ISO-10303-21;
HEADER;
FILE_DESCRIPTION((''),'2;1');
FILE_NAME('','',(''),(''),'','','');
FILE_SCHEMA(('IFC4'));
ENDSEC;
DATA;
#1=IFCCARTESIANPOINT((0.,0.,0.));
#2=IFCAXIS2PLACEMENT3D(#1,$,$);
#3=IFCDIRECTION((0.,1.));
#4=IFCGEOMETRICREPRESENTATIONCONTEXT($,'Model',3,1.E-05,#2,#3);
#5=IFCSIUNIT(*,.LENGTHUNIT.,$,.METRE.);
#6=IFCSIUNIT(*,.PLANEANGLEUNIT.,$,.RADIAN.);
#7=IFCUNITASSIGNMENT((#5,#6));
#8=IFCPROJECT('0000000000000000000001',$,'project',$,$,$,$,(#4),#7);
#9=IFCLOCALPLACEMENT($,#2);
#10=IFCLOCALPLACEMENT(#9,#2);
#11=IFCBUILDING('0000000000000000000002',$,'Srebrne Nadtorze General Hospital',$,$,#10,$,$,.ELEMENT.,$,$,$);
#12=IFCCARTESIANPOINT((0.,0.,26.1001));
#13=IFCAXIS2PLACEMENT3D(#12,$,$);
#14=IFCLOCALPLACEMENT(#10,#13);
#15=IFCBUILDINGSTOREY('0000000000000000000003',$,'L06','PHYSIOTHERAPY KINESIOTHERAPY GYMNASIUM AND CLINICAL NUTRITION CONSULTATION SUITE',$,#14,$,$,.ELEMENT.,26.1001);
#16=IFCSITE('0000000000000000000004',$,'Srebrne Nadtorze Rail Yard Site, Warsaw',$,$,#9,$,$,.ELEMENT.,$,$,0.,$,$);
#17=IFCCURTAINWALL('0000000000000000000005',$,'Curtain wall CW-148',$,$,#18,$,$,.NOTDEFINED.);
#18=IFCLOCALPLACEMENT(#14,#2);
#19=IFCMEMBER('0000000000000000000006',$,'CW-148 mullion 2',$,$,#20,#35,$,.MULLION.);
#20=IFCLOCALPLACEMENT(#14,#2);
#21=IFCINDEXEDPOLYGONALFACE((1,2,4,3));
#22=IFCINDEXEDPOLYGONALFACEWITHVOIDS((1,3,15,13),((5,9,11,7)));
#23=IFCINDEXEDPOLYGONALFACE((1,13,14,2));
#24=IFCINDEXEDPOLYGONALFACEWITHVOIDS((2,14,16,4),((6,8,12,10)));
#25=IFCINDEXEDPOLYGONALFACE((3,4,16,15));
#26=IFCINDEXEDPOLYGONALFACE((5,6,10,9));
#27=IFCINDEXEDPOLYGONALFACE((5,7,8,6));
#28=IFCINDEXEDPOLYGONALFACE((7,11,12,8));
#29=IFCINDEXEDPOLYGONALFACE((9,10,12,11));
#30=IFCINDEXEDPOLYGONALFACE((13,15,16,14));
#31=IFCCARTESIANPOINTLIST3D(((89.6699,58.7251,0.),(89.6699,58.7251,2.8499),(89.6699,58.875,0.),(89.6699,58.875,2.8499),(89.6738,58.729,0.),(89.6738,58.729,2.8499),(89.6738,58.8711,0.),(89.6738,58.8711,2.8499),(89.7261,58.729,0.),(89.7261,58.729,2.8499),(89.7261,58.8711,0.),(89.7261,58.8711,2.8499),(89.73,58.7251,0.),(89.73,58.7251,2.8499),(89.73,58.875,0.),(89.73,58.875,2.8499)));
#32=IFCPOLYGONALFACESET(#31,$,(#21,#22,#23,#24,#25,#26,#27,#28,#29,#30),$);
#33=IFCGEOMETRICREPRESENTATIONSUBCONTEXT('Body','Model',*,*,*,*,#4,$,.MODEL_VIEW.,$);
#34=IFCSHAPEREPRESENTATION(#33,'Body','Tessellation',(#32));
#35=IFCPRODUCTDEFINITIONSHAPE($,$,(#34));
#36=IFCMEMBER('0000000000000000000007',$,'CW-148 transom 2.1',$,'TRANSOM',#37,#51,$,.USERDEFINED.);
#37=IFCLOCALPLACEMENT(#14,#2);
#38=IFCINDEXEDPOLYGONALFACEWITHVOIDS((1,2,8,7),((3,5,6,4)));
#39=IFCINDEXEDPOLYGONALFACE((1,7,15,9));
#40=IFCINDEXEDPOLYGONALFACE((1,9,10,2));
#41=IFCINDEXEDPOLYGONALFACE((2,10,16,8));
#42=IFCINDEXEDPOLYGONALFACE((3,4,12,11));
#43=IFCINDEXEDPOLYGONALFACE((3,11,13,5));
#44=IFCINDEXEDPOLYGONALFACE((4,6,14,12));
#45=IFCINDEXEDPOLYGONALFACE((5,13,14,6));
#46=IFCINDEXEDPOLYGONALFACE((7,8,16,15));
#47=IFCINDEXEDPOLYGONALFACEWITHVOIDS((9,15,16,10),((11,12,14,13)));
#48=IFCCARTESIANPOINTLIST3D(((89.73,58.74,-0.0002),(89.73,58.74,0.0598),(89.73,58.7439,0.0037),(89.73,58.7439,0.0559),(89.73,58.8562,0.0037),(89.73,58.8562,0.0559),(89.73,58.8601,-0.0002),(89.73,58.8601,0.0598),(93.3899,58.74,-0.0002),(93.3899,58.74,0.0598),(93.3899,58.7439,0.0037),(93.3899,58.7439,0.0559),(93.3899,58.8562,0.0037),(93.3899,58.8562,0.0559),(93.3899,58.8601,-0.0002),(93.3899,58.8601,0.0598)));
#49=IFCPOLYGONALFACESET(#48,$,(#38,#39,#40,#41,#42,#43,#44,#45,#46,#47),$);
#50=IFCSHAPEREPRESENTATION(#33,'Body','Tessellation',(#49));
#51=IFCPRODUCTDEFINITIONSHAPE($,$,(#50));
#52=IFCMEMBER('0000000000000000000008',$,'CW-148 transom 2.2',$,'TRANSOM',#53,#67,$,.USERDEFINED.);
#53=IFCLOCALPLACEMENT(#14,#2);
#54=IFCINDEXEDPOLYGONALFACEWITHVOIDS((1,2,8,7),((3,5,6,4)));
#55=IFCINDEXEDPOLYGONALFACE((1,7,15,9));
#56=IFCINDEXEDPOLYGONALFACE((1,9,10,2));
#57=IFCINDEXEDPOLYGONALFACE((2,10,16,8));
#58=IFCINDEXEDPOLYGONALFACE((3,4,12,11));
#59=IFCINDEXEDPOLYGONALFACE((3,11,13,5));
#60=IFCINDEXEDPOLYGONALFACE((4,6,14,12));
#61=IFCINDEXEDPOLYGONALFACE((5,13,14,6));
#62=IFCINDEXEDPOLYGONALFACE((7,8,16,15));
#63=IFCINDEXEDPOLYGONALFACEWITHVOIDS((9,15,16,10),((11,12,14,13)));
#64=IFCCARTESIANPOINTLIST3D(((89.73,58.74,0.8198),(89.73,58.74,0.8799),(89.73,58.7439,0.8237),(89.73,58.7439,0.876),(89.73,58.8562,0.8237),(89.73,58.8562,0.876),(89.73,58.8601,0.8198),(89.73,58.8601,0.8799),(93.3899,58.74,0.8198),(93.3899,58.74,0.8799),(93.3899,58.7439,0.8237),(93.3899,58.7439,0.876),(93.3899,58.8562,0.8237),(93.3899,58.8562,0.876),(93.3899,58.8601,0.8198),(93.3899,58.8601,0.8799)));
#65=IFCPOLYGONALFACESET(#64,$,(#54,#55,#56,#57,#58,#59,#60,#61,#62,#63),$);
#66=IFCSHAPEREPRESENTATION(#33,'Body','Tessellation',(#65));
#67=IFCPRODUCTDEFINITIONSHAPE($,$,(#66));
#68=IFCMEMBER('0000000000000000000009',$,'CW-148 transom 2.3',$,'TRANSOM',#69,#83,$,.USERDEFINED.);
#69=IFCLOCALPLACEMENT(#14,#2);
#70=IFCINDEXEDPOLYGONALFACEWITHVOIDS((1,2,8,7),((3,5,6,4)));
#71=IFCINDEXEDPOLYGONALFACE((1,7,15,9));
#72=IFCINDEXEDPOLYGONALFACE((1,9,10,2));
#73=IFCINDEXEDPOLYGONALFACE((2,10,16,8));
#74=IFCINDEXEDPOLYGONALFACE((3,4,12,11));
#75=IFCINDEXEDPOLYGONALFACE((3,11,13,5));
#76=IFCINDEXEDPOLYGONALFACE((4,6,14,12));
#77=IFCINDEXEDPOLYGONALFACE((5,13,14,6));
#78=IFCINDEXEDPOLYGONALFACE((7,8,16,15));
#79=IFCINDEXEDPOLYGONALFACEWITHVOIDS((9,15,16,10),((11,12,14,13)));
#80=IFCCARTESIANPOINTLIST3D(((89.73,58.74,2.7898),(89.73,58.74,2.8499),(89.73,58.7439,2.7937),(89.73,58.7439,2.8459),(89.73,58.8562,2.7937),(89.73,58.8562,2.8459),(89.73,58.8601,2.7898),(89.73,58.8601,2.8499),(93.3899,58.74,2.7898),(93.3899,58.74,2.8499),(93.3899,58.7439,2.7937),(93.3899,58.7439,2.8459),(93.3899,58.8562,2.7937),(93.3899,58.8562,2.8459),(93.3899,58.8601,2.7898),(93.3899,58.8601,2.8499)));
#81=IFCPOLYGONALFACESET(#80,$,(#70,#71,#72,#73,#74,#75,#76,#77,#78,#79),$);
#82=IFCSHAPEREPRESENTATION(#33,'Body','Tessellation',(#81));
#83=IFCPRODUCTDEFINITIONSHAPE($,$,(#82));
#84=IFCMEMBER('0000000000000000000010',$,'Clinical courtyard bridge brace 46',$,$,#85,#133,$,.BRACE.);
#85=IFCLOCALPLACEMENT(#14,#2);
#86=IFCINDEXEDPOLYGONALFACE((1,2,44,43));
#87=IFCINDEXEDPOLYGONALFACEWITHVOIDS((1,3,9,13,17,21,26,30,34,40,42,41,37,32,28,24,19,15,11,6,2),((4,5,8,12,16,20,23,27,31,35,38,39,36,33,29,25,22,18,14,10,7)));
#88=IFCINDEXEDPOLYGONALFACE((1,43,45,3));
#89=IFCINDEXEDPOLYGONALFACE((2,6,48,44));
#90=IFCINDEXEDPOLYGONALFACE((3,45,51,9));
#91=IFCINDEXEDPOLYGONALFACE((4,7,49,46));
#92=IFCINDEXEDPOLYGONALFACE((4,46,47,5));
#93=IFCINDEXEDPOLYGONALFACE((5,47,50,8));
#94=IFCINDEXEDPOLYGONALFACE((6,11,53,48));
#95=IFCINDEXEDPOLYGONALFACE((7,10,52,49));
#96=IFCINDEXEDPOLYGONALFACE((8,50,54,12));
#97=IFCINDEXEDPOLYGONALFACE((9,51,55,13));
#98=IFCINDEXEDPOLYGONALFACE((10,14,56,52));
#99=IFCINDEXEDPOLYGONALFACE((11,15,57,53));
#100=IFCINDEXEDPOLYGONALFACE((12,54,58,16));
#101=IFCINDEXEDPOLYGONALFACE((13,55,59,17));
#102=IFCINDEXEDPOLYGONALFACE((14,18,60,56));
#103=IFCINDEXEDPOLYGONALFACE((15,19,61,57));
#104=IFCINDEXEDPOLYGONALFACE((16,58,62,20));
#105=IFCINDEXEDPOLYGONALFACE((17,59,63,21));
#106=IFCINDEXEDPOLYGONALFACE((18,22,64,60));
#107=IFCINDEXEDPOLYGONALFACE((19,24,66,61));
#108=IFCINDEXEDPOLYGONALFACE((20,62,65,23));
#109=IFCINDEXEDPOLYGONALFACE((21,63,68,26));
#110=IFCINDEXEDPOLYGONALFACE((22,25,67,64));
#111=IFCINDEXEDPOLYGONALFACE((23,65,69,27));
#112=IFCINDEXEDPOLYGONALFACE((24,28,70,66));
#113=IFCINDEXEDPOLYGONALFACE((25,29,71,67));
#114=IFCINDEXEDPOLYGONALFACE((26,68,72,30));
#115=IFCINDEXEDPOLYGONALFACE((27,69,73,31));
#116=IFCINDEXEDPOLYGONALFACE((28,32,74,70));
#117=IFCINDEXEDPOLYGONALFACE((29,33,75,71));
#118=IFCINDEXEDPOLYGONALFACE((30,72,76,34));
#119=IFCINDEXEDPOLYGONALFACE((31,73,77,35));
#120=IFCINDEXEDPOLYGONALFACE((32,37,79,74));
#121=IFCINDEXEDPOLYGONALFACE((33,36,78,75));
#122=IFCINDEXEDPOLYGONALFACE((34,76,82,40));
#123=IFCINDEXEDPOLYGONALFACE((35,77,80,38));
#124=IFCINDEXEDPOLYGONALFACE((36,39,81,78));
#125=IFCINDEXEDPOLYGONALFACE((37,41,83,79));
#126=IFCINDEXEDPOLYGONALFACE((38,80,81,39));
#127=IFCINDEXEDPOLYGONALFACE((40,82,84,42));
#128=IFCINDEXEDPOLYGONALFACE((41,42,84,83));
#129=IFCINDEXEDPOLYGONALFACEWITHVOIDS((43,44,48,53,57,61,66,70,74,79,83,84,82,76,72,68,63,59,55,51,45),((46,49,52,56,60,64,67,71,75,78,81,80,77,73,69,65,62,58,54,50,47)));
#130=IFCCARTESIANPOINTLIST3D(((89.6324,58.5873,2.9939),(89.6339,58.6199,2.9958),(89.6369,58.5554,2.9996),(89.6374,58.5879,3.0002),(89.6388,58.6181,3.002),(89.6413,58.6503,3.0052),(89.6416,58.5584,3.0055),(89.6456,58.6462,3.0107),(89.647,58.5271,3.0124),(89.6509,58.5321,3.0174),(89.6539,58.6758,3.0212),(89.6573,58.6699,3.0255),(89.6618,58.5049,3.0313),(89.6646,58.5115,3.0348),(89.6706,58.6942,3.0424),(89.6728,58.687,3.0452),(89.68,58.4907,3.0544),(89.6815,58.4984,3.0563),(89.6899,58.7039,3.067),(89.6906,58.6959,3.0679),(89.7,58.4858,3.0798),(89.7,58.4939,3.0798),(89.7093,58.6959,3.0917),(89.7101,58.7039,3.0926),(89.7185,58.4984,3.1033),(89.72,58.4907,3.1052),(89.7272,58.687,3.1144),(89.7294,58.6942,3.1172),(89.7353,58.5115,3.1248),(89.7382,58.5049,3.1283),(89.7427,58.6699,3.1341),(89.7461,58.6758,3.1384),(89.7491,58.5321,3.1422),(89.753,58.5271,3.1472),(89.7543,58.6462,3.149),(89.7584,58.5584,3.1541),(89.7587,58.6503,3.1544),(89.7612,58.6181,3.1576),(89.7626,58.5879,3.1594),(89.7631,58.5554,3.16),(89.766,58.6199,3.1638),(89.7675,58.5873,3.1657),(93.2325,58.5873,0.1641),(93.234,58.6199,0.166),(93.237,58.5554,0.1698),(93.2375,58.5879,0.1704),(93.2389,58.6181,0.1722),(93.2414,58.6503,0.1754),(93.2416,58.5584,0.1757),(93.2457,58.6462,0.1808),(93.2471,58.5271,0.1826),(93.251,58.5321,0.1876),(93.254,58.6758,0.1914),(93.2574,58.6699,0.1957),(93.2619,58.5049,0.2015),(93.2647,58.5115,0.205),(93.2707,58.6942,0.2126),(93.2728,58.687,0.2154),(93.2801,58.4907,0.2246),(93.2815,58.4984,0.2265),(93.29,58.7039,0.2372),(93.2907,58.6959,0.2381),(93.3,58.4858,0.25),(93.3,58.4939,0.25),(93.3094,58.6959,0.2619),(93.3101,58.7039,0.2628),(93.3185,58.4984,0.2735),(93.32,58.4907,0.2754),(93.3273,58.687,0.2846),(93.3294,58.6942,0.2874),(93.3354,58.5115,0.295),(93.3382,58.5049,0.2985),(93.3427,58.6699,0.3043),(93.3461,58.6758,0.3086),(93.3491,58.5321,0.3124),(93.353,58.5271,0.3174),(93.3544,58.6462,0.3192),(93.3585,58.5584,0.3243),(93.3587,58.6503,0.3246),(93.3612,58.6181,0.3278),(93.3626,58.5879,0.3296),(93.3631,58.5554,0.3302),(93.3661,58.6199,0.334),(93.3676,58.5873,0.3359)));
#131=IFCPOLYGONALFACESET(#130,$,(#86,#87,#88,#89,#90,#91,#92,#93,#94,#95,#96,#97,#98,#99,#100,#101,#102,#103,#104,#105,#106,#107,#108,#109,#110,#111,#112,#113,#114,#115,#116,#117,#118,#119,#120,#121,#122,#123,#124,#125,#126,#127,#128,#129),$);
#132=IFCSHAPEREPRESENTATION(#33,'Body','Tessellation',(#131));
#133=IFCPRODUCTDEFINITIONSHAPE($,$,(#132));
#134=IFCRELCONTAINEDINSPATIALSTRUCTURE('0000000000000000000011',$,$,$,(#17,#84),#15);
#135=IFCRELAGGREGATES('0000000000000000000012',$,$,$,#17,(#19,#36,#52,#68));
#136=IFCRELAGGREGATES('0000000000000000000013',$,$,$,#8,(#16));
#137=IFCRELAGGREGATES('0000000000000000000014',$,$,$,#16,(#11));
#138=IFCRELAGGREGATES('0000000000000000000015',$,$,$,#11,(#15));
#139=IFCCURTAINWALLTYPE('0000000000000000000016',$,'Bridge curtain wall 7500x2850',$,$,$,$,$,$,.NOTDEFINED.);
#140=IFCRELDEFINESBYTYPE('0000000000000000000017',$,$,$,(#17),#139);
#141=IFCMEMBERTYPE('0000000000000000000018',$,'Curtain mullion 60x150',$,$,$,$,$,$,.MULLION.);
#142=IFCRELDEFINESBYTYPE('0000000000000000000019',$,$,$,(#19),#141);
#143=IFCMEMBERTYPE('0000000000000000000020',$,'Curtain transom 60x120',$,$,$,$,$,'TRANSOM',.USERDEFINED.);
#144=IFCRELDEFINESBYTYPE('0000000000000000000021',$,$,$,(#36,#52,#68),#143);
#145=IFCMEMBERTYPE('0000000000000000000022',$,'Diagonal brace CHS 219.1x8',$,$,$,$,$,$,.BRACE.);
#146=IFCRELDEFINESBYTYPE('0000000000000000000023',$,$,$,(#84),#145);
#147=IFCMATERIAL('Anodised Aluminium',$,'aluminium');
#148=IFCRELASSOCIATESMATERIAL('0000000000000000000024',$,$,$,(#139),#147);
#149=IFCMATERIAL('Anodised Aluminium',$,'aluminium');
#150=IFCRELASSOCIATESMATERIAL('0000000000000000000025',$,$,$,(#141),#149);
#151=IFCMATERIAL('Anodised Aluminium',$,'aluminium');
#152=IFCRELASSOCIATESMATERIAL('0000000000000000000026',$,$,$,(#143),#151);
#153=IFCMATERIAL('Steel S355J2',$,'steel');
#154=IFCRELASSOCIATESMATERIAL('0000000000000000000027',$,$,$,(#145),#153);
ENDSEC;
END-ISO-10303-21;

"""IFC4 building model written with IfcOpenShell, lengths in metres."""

from ifc_helpers import new_model, si_unit, direction, frame, origin, origin_2d, place, context, subcontext, project, spatial, hollow_rectangle, hollow_circle, extrude, material, material_profile, profile_set, type_object, element, aggregate, save


model = new_model("IFC4")

# Units and contexts
model_context = context("Model", 3, precision=1e-05, world=origin(), true_north=direction((0.0, 1.0)))
body_context = subcontext(model_context, "Body", "Model", "MODEL_VIEW")
ifc_project = project(units=[si_unit("LENGTHUNIT", "METRE"), si_unit("PLANEANGLEUNIT", "RADIAN")], contexts=[model_context])

# Site, building, storey
site_placement = place(None, origin())
site = spatial("IfcSite", under=ifc_project, at=site_placement, Name="Srebrne Nadtorze Rail Yard Site, Warsaw", CompositionType="ELEMENT", RefElevation=0.0)
building_placement = place(site_placement, origin())
building = spatial("IfcBuilding", under=site, at=building_placement, Name="Srebrne Nadtorze General Hospital", CompositionType="ELEMENT")
storey_placement = place(building_placement, frame((0.0, 0.0, 26.1001)))
storey = spatial("IfcBuildingStorey", under=building, at=storey_placement, Name="L06", Description="PHYSIOTHERAPY KINESIOTHERAPY GYMNASIUM AND CLINICAL NUTRITION CONSULTATION SUITE", CompositionType="ELEMENT", Elevation=26.1001)

# Curtain wall, members
ifc_material_1 = material(Name="Anodised Aluminium", Category="aluminium")
curtain_wall_type = type_object("IfcCurtainWallType", Name="Bridge curtain wall 7500x2850", PredefinedType="NOTDEFINED", material=ifc_material_1)
curtain_wall_placement = place(storey_placement, origin())
curtain_wall = element("IfcCurtainWall", 1, at=curtain_wall_placement, inside=storey, type_object=curtain_wall_type, Name="Curtain wall CW-148", PredefinedType="NOTDEFINED")
ifc_material_2 = material(Name="Anodised Aluminium", Category="aluminium")
ifc_material_profile_1 = material_profile(ifc_material_2, hollow_rectangle(XDim=0.0601, YDim=0.1499, WallThickness=0.0039, at=origin_2d()), Name="AL-MUL-60x150")
ifc_profile_set_1 = profile_set([ifc_material_profile_1], Name="Anodised Aluminium")
member_type_1 = type_object("IfcMemberType", Name="Curtain mullion 60x150", PredefinedType="MULLION", material=ifc_profile_set_1)
member_1_placement = place(storey_placement, frame((89.7, 58.8, 0.0), z_axis=(0.0, 0.0, 1.0), x_axis=(1.0, 0.0, 0.0)))
member_1 = element("IfcMember", 2, at=member_1_placement, type_object=member_type_1, Name="CW-148 mullion 2", PredefinedType="MULLION", context=body_context, shape_type="SweptSolid", body=[
    extrude(hollow_rectangle(XDim=0.0601, YDim=0.1499, WallThickness=0.0039, at=origin_2d()), origin(), (0.0, 0.0, 1.0), 2.8499),
])
ifc_material_3 = material(Name="Anodised Aluminium", Category="aluminium")
ifc_material_profile_2 = material_profile(ifc_material_3, hollow_rectangle(XDim=0.0601, YDim=0.1201, WallThickness=0.0039, at=origin_2d()), Name="AL-TRN-60x120")
ifc_profile_set_2 = profile_set([ifc_material_profile_2], Name="Anodised Aluminium")
member_type_2 = type_object("IfcMemberType", Name="Curtain transom 60x120", ElementType="TRANSOM", PredefinedType="USERDEFINED", material=ifc_profile_set_2)
member_2_placement = place(storey_placement, frame((89.73, 58.8, 0.0298), z_axis=(1.0, 0.0, 0.0), x_axis=(0.0, 0.0, 1.0)))
member_2 = element("IfcMember", 3, at=member_2_placement, type_object=member_type_2, Name="CW-148 transom 2.1", ObjectType="TRANSOM", PredefinedType="USERDEFINED", context=body_context, shape_type="SweptSolid", body=[
    extrude(hollow_rectangle(XDim=0.0601, YDim=0.1201, WallThickness=0.0039, at=origin_2d()), origin(), (0.0, 0.0, 1.0), 3.6599),
])
member_3_placement = place(storey_placement, frame((89.73, 58.8, 0.8499), z_axis=(1.0, 0.0, 0.0), x_axis=(0.0, 0.0, 1.0)))
member_3 = element("IfcMember", 4, at=member_3_placement, type_object=member_type_2, Name="CW-148 transom 2.2", ObjectType="TRANSOM", PredefinedType="USERDEFINED", context=body_context, shape_type="SweptSolid", body=[
    extrude(hollow_rectangle(XDim=0.0601, YDim=0.1201, WallThickness=0.0039, at=origin_2d()), origin(), (0.0, 0.0, 1.0), 3.6599),
])
member_4_placement = place(storey_placement, frame((89.73, 58.8, 2.8198), z_axis=(1.0, 0.0, 0.0), x_axis=(0.0, 0.0, 1.0)))
member_4 = element("IfcMember", 5, at=member_4_placement, type_object=member_type_2, Name="CW-148 transom 2.3", ObjectType="TRANSOM", PredefinedType="USERDEFINED", context=body_context, shape_type="SweptSolid", body=[
    extrude(hollow_rectangle(XDim=0.0601, YDim=0.1201, WallThickness=0.0039, at=origin_2d()), origin(), (0.0, 0.0, 1.0), 3.6599),
])

# Member
ifc_material_4 = material(Name="Steel S355J2", Category="steel")
ifc_material_profile_3 = material_profile(ifc_material_4, hollow_circle(Radius=0.1096, WallThickness=0.0081, at=origin_2d()), Name="CHS-219.1x8")
ifc_profile_set_3 = profile_set([ifc_material_profile_3], Name="Steel S355J2")
member_type_3 = type_object("IfcMemberType", Name="Diagonal brace CHS 219.1x8", PredefinedType="BRACE", material=ifc_profile_set_3)
member_5_placement = place(storey_placement, frame((93.3, 58.5955, 0.25), z_axis=(-0.786193, 0.0, 0.617982), x_axis=(0.0, -1.0, 0.0)))
element("IfcMember", 6, at=member_5_placement, inside=storey, type_object=member_type_3, Name="Clinical courtyard bridge brace 46", PredefinedType="BRACE", context=body_context, shape_type="SweptSolid", body=[
    extrude(hollow_circle(Radius=0.1096, WallThickness=0.0081, at=origin_2d()), origin(), (0.0, 0.0, 1.0), 4.5791),
])

aggregate(curtain_wall, [member_1, member_2, member_3, member_4])

save(model, "model.ifc")
